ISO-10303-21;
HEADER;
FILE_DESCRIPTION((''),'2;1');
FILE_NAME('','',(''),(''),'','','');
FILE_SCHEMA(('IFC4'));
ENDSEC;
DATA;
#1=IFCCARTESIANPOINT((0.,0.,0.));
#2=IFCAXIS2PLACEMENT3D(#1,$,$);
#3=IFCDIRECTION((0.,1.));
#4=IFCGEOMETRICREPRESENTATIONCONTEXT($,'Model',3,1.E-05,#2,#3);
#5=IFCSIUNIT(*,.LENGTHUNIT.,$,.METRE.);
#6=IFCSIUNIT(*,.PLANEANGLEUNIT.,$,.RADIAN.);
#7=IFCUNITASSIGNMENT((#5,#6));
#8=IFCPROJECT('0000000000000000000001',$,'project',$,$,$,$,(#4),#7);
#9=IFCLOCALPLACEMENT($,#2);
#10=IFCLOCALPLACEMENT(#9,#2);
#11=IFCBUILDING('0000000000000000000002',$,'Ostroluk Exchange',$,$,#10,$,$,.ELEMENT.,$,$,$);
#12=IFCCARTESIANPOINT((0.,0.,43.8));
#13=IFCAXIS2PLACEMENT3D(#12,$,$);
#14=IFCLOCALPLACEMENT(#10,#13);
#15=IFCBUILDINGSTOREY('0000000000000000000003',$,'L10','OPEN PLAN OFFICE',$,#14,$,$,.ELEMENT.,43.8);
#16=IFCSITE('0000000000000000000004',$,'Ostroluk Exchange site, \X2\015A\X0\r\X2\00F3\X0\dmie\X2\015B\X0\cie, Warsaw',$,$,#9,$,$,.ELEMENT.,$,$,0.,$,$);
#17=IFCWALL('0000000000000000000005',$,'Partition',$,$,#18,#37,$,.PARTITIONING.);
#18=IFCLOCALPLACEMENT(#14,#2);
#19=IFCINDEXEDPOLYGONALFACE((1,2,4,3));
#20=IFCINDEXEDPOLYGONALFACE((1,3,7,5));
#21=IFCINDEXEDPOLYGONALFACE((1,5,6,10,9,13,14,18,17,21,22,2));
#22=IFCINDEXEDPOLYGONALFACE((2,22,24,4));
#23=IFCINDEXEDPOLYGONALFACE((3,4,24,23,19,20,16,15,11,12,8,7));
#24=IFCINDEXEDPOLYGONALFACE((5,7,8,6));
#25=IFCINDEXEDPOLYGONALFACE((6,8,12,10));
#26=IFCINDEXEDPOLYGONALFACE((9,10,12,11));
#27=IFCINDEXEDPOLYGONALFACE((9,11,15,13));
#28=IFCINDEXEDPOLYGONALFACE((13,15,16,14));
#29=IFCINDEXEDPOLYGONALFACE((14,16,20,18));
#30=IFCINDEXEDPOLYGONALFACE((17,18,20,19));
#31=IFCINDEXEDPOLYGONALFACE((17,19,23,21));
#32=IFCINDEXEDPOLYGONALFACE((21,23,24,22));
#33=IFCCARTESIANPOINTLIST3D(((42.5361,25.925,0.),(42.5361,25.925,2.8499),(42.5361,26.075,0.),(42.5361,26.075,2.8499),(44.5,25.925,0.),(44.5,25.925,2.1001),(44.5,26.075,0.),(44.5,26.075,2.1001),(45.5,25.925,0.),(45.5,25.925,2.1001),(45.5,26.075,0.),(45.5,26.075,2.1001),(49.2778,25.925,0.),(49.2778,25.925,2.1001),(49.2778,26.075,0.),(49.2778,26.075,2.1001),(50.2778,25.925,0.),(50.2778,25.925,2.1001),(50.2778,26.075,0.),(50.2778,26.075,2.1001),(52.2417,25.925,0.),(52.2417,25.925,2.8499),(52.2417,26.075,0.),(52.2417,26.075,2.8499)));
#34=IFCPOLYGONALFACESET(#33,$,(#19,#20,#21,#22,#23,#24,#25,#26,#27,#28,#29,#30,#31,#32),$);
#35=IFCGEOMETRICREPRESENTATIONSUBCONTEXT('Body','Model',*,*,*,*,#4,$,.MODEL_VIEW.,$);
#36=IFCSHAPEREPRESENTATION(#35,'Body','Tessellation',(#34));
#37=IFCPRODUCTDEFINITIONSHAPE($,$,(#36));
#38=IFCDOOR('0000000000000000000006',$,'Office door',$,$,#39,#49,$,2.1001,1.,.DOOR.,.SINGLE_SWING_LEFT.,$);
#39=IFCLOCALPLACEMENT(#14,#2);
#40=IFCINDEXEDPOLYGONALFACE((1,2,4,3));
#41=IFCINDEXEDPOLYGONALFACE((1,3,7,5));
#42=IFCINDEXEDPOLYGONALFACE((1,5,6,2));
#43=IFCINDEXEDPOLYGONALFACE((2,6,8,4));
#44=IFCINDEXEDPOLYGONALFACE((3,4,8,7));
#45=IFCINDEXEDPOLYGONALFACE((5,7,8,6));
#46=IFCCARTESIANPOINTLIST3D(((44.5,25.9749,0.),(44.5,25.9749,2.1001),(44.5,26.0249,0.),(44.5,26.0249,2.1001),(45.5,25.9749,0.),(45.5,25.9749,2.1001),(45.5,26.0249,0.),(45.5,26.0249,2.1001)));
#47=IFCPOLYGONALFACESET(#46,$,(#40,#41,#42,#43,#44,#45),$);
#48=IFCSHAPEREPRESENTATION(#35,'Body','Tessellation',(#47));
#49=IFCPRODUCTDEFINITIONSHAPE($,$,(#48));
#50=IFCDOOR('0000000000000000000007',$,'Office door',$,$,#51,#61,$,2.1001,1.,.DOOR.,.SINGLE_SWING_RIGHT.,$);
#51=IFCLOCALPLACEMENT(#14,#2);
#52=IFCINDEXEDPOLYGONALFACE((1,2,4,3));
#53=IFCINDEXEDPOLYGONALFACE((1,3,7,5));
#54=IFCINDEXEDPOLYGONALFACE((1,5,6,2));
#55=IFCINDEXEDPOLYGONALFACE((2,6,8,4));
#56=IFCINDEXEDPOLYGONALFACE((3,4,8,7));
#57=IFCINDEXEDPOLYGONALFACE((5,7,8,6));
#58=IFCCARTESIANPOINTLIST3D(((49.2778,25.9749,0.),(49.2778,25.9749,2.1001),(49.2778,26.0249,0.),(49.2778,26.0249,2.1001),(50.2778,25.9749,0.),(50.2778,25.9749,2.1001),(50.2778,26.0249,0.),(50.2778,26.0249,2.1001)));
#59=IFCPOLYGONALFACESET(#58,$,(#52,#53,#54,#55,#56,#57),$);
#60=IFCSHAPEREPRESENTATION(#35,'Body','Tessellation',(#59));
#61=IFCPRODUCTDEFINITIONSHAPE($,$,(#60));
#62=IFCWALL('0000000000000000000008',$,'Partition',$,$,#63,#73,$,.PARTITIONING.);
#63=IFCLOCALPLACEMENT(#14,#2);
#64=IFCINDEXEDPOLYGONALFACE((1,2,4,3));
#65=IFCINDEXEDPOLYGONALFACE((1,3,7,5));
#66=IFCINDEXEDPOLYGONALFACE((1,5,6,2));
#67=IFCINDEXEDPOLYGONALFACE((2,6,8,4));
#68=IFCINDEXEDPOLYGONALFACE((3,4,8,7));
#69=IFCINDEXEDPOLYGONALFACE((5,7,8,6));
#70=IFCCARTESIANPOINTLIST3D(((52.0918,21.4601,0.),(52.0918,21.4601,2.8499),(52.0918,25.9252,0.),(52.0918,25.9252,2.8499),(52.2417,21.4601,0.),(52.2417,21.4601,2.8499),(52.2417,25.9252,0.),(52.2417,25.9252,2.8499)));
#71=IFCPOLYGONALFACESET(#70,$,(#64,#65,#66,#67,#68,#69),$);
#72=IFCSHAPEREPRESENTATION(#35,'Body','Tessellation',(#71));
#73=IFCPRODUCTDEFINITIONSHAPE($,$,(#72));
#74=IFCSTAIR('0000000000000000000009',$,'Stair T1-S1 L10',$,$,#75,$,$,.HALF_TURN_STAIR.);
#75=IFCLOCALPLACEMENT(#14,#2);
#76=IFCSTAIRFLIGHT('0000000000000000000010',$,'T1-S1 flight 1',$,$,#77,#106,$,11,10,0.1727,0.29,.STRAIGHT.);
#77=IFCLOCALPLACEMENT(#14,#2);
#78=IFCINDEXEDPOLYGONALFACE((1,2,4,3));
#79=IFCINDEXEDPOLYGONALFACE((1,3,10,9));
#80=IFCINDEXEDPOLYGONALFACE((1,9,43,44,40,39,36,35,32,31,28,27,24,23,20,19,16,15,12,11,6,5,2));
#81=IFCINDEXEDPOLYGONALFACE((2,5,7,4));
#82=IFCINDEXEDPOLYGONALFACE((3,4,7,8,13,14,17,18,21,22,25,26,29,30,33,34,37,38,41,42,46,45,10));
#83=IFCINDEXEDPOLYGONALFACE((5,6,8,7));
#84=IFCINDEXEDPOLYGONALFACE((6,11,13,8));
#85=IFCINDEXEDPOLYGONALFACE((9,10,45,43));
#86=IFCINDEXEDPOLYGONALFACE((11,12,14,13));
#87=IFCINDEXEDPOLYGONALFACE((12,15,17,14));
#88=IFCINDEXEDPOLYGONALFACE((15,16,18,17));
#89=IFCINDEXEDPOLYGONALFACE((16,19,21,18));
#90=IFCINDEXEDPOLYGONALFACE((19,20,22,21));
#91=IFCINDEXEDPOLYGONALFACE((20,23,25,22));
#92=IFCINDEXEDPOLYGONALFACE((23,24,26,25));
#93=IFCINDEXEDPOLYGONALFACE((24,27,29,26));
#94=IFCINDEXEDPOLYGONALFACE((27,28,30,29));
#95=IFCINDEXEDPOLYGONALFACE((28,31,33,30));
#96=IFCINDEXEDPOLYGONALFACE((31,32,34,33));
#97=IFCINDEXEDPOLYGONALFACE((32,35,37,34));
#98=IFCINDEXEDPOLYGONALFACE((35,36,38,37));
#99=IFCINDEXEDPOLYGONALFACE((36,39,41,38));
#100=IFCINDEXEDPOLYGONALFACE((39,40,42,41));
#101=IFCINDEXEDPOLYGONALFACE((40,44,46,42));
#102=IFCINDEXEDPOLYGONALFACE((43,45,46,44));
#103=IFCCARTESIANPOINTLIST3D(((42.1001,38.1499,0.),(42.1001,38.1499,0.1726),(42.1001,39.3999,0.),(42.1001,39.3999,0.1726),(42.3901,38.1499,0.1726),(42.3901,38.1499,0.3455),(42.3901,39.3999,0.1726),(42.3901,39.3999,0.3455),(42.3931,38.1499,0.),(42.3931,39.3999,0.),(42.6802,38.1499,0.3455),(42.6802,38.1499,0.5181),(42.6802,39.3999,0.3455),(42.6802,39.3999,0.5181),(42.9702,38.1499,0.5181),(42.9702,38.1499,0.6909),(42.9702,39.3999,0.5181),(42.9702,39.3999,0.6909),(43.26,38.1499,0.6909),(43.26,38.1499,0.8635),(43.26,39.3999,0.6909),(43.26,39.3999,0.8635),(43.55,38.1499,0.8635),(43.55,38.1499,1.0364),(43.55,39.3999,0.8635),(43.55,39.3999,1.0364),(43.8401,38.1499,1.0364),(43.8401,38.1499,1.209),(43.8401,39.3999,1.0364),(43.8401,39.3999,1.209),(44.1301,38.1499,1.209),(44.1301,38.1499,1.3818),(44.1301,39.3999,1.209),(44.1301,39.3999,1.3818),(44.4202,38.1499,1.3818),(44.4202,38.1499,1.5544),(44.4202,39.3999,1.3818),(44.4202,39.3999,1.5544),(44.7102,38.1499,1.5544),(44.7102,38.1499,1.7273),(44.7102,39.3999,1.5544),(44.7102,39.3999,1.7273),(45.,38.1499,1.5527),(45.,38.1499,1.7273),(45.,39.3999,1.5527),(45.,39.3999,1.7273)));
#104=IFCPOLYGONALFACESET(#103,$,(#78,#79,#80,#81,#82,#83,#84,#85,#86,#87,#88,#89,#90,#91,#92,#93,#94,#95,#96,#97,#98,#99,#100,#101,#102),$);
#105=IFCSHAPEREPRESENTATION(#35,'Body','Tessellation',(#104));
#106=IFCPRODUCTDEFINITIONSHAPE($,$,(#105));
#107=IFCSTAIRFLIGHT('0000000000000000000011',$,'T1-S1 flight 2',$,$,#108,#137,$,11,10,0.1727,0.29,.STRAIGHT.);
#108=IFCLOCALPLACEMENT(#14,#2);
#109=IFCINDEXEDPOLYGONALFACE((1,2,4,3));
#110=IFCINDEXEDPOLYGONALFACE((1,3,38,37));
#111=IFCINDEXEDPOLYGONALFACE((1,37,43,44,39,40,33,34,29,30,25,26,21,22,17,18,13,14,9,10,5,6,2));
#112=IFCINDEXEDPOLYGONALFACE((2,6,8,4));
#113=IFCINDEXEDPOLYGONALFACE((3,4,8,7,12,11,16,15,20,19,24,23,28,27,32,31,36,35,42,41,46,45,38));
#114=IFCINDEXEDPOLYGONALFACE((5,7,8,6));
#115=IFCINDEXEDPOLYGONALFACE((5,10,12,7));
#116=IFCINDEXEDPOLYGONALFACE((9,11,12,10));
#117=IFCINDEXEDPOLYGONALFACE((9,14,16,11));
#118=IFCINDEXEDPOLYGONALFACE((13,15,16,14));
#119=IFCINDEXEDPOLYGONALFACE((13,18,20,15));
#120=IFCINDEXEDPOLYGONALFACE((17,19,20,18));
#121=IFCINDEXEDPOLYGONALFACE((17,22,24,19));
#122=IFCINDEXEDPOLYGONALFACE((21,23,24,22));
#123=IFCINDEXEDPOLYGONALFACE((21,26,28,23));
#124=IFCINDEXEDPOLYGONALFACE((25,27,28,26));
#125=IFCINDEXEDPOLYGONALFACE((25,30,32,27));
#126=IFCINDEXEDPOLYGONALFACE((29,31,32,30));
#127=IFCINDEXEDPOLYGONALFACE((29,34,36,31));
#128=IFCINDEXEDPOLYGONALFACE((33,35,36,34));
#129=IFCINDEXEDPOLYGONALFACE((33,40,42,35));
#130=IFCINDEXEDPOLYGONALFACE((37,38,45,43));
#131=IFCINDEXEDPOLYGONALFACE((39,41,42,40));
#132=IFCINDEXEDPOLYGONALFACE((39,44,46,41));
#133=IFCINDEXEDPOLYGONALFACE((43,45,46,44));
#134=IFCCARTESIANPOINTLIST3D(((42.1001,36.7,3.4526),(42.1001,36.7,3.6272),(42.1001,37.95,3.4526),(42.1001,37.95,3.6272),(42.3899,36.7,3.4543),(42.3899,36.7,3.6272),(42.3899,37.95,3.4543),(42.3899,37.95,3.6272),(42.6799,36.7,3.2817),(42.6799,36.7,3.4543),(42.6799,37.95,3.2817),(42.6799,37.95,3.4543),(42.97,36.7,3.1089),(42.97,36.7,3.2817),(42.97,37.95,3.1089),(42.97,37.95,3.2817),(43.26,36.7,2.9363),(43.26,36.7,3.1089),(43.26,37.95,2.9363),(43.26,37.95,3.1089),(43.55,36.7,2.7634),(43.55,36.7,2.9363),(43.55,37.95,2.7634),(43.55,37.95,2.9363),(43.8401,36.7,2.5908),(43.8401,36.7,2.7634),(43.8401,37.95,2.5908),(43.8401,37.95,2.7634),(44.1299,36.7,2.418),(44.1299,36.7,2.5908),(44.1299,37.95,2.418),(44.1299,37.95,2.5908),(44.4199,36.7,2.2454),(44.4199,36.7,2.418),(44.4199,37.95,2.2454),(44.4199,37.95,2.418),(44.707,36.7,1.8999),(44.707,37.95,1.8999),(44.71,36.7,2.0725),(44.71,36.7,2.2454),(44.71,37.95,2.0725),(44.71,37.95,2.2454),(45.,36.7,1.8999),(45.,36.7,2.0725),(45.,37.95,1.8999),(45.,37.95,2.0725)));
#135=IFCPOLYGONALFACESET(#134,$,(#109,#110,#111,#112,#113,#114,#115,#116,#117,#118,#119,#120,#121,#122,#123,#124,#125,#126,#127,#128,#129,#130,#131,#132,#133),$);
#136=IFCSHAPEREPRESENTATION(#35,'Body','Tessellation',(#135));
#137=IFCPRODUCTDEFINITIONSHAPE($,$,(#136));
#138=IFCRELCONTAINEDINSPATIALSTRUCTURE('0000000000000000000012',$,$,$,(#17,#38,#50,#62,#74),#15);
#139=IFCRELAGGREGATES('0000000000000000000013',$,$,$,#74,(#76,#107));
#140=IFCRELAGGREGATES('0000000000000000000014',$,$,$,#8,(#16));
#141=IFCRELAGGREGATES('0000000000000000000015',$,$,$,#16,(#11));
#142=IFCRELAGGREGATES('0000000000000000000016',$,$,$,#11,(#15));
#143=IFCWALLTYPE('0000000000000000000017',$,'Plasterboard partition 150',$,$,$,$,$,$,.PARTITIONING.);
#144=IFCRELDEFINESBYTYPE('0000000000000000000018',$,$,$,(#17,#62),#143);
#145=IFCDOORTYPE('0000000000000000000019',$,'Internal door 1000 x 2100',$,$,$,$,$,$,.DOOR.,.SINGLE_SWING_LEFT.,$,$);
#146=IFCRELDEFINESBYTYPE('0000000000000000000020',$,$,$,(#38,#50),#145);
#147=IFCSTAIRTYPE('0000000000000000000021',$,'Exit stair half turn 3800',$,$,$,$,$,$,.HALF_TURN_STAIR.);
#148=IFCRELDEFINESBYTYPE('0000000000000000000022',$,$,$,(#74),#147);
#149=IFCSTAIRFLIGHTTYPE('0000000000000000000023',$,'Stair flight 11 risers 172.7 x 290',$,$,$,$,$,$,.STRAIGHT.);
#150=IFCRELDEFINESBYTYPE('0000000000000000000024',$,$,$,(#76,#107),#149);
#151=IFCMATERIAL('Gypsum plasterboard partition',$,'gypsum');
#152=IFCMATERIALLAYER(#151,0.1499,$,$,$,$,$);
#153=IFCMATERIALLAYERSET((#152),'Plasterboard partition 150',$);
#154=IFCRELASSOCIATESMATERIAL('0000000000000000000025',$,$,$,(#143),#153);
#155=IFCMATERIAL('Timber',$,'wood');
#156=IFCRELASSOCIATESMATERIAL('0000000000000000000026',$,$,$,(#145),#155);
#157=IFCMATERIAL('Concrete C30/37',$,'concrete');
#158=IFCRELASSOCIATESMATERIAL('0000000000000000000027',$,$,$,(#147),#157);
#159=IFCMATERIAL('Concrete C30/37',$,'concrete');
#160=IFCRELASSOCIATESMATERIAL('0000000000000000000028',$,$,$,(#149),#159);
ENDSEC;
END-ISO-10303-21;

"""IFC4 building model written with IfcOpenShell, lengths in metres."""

from ifc_helpers import new_model, si_unit, direction, frame, frame_2d, origin, place, context, subcontext, project, spatial, polyline, rectangle, outline, extrude, material, layer, layer_set, type_object, element, fill, aggregate, save


model = new_model("IFC4")

# Units and contexts
model_context = context("Model", 3, precision=1e-05, world=origin(), true_north=direction((0.0, 1.0)))
body_context = subcontext(model_context, "Body", "Model", "MODEL_VIEW")
ifc_project = project(units=[si_unit("LENGTHUNIT", "METRE"), si_unit("PLANEANGLEUNIT", "RADIAN")], contexts=[model_context])

# Site, building, storey
site_placement = place(None, origin())
site = spatial("IfcSite", under=ifc_project, at=site_placement, Name="Ostroluk Exchange site, Śródmieście, Warsaw", CompositionType="ELEMENT", RefElevation=0.0)
building_placement = place(site_placement, origin())
building = spatial("IfcBuilding", under=site, at=building_placement, Name="Ostroluk Exchange", CompositionType="ELEMENT")
storey_placement = place(building_placement, frame((0.0, 0.0, 43.8)))
storey = spatial("IfcBuildingStorey", under=building, at=storey_placement, Name="L10", Description="OPEN PLAN OFFICE", CompositionType="ELEMENT", Elevation=43.8)

# Wall, openings, doors
ifc_material_1 = material(Name="Gypsum plasterboard partition", Category="gypsum")
ifc_layer_1 = layer(ifc_material_1, 0.1499)
ifc_layer_set_1 = layer_set([ifc_layer_1], Name="Plasterboard partition 150")
wall_type_1 = type_object("IfcWallType", Name="Plasterboard partition 150", PredefinedType="PARTITIONING", material=ifc_layer_set_1)
wall_1_placement = place(storey_placement, frame((42.5361, 26.0, 0.0), z_axis=(0.0, 0.0, 1.0), x_axis=(1.0, 0.0, 0.0)))
wall_1 = element("IfcWall", 1, at=wall_1_placement, inside=storey, type_object=wall_type_1, Name="Partition", PredefinedType="PARTITIONING", context=body_context, shape_type="SweptSolid", body=[
    extrude(rectangle(XDim=9.7056, YDim=0.1499, at=frame_2d((4.8528, 0.0))), origin(), (0.0, 0.0, 1.0), 2.8499),
])
opening_1_placement = place(wall_1_placement, frame((1.9639, 0.0, 0.0)))
opening_1 = element("IfcOpeningElement", 2, at=opening_1_placement, cuts=wall_1, PredefinedType="OPENING", context=body_context, shape_type="SweptSolid", body=[
    extrude(rectangle(XDim=1.0, YDim=2.1001, at=frame_2d((0.5, 1.05))), frame((0.0, 0.085, 0.0), z_axis=(0.0, -1.0, 0.0), x_axis=(1.0, 0.0, 0.0)), (0.0, 0.0, 1.0), 0.1699),
])
opening_2_placement = place(wall_1_placement, frame((6.7417, 0.0, 0.0)))
opening_2 = element("IfcOpeningElement", 3, at=opening_2_placement, cuts=wall_1, PredefinedType="OPENING", context=body_context, shape_type="SweptSolid", body=[
    extrude(rectangle(XDim=1.0, YDim=2.1001, at=frame_2d((0.5, 1.05))), frame((0.0, 0.085, 0.0), z_axis=(0.0, -1.0, 0.0), x_axis=(1.0, 0.0, 0.0)), (0.0, 0.0, 1.0), 0.1699),
])
ifc_material_2 = material(Name="Timber", Category="wood")
door_type_1 = type_object("IfcDoorType", Name="Internal door 1000 x 2100", OperationType="SINGLE_SWING_LEFT", PredefinedType="DOOR", material=ifc_material_2)
door_1_placement = place(opening_1_placement, origin())
door_1 = element("IfcDoor", 4, at=door_1_placement, inside=storey, type_object=door_type_1, Name="Office door", OperationType="SINGLE_SWING_LEFT", OverallHeight=2.1001, OverallWidth=1.0, PredefinedType="DOOR", context=body_context, shape_type="SweptSolid", body=[
    extrude(rectangle(XDim=1.0, YDim=2.1001, at=frame_2d((0.5, 1.05))), frame((0.0, 0.0249, 0.0), z_axis=(0.0, -1.0, 0.0), x_axis=(1.0, 0.0, 0.0)), (0.0, 0.0, 1.0), 0.05),
])
fill(opening_1, door_1)
door_2_placement = place(opening_2_placement, origin())
door_2 = element("IfcDoor", 5, at=door_2_placement, inside=storey, type_object=door_type_1, Name="Office door", OperationType="SINGLE_SWING_RIGHT", OverallHeight=2.1001, OverallWidth=1.0, PredefinedType="DOOR", context=body_context, shape_type="SweptSolid", body=[
    extrude(rectangle(XDim=1.0, YDim=2.1001, at=frame_2d((0.5, 1.05))), frame((0.0, 0.0249, 0.0), z_axis=(0.0, -1.0, 0.0), x_axis=(1.0, 0.0, 0.0)), (0.0, 0.0, 1.0), 0.05),
])
fill(opening_2, door_2)

# Wall
wall_2_placement = place(storey_placement, frame((52.1667, 25.925, 0.0), z_axis=(0.0, 0.0, 1.0), x_axis=(0.0, -1.0, 0.0)))
element("IfcWall", 6, at=wall_2_placement, inside=storey, type_object=wall_type_1, Name="Partition", PredefinedType="PARTITIONING", context=body_context, shape_type="SweptSolid", body=[
    extrude(rectangle(XDim=4.4651, YDim=0.1499, at=frame_2d((2.2324, 0.0))), origin(), (0.0, 0.0, 1.0), 2.8499),
])

# Stair, stair flights
ifc_material_3 = material(Name="Concrete C30/37", Category="concrete")
stair_type = type_object("IfcStairType", Name="Exit stair half turn 3800", PredefinedType="HALF_TURN_STAIR", material=ifc_material_3)
stair_placement = place(storey_placement, origin())
stair = element("IfcStair", 7, at=stair_placement, inside=storey, type_object=stair_type, Name="Stair T1-S1 L10", PredefinedType="HALF_TURN_STAIR")
ifc_material_4 = material(Name="Concrete C30/37", Category="concrete")
stair_flight_type = type_object("IfcStairFlightType", Name="Stair flight 11 risers 172.7 x 290", PredefinedType="STRAIGHT", material=ifc_material_4)
stair_flight_1_placement = place(storey_placement, frame((42.1001, 38.7749, 0.0), z_axis=(0.0, 0.0, 1.0), x_axis=(1.0, 0.0, 0.0)))
stair_flight_1 = element("IfcStairFlight", 8, at=stair_flight_1_placement, type_object=stair_flight_type, Name="T1-S1 flight 1", NumberOfRisers=11, NumberOfTreads=10, PredefinedType="STRAIGHT", RiserHeight=0.1727, TreadLength=0.29, context=body_context, shape_type="SweptSolid", body=[
    extrude(outline(polyline([(0.0, 0.0), (0.0, 0.1726), (0.29, 0.1726), (0.29, 0.3455), (0.5801, 0.3455), (0.5801, 0.5181), (0.8701, 0.5181), (0.8701, 0.6909), (1.1599, 0.6909), (1.1599, 0.8635), (1.45, 0.8635), (1.45, 1.0364), (1.74, 1.0364), (1.74, 1.209), (2.03, 1.209), (2.03, 1.3818), (2.3201, 1.3818), (2.3201, 1.5544), (2.6101, 1.5544), (2.6101, 1.7273), (2.8999, 1.7273), (2.8999, 1.8999), (2.8999, 1.5527), (0.293, 0.0), (0.0, 0.0)])), frame((0.0, 0.625, 0.0), z_axis=(0.0, -1.0, 0.0), x_axis=(1.0, 0.0, 0.0)), (0.0, 0.0, 1.0), 1.25),
])
stair_flight_2_placement = place(storey_placement, frame((45.0, 37.325, 1.8999), z_axis=(0.0, 0.0, 1.0), x_axis=(-1.0, 0.0, 0.0)))
stair_flight_2 = element("IfcStairFlight", 9, at=stair_flight_2_placement, type_object=stair_flight_type, Name="T1-S1 flight 2", NumberOfRisers=11, NumberOfTreads=10, PredefinedType="STRAIGHT", RiserHeight=0.1727, TreadLength=0.29, context=body_context, shape_type="SweptSolid", body=[
    extrude(outline(polyline([(0.0, 0.0), (0.0, 0.1726), (0.29, 0.1726), (0.29, 0.3455), (0.5801, 0.3455), (0.5801, 0.5181), (0.8701, 0.5181), (0.8701, 0.6909), (1.1599, 0.6909), (1.1599, 0.8635), (1.45, 0.8635), (1.45, 1.0364), (1.74, 1.0364), (1.74, 1.209), (2.03, 1.209), (2.03, 1.3818), (2.3201, 1.3818), (2.3201, 1.5544), (2.6101, 1.5544), (2.6101, 1.7273), (2.8999, 1.7273), (2.8999, 1.8999), (2.8999, 1.5527), (0.293, 0.0), (0.0, 0.0)])), frame((0.0, 0.625, 0.0), z_axis=(0.0, -1.0, 0.0), x_axis=(1.0, 0.0, 0.0)), (0.0, 0.0, 1.0), 1.25),
])
aggregate(stair, [stair_flight_1, stair_flight_2])

save(model, "model.ifc")
